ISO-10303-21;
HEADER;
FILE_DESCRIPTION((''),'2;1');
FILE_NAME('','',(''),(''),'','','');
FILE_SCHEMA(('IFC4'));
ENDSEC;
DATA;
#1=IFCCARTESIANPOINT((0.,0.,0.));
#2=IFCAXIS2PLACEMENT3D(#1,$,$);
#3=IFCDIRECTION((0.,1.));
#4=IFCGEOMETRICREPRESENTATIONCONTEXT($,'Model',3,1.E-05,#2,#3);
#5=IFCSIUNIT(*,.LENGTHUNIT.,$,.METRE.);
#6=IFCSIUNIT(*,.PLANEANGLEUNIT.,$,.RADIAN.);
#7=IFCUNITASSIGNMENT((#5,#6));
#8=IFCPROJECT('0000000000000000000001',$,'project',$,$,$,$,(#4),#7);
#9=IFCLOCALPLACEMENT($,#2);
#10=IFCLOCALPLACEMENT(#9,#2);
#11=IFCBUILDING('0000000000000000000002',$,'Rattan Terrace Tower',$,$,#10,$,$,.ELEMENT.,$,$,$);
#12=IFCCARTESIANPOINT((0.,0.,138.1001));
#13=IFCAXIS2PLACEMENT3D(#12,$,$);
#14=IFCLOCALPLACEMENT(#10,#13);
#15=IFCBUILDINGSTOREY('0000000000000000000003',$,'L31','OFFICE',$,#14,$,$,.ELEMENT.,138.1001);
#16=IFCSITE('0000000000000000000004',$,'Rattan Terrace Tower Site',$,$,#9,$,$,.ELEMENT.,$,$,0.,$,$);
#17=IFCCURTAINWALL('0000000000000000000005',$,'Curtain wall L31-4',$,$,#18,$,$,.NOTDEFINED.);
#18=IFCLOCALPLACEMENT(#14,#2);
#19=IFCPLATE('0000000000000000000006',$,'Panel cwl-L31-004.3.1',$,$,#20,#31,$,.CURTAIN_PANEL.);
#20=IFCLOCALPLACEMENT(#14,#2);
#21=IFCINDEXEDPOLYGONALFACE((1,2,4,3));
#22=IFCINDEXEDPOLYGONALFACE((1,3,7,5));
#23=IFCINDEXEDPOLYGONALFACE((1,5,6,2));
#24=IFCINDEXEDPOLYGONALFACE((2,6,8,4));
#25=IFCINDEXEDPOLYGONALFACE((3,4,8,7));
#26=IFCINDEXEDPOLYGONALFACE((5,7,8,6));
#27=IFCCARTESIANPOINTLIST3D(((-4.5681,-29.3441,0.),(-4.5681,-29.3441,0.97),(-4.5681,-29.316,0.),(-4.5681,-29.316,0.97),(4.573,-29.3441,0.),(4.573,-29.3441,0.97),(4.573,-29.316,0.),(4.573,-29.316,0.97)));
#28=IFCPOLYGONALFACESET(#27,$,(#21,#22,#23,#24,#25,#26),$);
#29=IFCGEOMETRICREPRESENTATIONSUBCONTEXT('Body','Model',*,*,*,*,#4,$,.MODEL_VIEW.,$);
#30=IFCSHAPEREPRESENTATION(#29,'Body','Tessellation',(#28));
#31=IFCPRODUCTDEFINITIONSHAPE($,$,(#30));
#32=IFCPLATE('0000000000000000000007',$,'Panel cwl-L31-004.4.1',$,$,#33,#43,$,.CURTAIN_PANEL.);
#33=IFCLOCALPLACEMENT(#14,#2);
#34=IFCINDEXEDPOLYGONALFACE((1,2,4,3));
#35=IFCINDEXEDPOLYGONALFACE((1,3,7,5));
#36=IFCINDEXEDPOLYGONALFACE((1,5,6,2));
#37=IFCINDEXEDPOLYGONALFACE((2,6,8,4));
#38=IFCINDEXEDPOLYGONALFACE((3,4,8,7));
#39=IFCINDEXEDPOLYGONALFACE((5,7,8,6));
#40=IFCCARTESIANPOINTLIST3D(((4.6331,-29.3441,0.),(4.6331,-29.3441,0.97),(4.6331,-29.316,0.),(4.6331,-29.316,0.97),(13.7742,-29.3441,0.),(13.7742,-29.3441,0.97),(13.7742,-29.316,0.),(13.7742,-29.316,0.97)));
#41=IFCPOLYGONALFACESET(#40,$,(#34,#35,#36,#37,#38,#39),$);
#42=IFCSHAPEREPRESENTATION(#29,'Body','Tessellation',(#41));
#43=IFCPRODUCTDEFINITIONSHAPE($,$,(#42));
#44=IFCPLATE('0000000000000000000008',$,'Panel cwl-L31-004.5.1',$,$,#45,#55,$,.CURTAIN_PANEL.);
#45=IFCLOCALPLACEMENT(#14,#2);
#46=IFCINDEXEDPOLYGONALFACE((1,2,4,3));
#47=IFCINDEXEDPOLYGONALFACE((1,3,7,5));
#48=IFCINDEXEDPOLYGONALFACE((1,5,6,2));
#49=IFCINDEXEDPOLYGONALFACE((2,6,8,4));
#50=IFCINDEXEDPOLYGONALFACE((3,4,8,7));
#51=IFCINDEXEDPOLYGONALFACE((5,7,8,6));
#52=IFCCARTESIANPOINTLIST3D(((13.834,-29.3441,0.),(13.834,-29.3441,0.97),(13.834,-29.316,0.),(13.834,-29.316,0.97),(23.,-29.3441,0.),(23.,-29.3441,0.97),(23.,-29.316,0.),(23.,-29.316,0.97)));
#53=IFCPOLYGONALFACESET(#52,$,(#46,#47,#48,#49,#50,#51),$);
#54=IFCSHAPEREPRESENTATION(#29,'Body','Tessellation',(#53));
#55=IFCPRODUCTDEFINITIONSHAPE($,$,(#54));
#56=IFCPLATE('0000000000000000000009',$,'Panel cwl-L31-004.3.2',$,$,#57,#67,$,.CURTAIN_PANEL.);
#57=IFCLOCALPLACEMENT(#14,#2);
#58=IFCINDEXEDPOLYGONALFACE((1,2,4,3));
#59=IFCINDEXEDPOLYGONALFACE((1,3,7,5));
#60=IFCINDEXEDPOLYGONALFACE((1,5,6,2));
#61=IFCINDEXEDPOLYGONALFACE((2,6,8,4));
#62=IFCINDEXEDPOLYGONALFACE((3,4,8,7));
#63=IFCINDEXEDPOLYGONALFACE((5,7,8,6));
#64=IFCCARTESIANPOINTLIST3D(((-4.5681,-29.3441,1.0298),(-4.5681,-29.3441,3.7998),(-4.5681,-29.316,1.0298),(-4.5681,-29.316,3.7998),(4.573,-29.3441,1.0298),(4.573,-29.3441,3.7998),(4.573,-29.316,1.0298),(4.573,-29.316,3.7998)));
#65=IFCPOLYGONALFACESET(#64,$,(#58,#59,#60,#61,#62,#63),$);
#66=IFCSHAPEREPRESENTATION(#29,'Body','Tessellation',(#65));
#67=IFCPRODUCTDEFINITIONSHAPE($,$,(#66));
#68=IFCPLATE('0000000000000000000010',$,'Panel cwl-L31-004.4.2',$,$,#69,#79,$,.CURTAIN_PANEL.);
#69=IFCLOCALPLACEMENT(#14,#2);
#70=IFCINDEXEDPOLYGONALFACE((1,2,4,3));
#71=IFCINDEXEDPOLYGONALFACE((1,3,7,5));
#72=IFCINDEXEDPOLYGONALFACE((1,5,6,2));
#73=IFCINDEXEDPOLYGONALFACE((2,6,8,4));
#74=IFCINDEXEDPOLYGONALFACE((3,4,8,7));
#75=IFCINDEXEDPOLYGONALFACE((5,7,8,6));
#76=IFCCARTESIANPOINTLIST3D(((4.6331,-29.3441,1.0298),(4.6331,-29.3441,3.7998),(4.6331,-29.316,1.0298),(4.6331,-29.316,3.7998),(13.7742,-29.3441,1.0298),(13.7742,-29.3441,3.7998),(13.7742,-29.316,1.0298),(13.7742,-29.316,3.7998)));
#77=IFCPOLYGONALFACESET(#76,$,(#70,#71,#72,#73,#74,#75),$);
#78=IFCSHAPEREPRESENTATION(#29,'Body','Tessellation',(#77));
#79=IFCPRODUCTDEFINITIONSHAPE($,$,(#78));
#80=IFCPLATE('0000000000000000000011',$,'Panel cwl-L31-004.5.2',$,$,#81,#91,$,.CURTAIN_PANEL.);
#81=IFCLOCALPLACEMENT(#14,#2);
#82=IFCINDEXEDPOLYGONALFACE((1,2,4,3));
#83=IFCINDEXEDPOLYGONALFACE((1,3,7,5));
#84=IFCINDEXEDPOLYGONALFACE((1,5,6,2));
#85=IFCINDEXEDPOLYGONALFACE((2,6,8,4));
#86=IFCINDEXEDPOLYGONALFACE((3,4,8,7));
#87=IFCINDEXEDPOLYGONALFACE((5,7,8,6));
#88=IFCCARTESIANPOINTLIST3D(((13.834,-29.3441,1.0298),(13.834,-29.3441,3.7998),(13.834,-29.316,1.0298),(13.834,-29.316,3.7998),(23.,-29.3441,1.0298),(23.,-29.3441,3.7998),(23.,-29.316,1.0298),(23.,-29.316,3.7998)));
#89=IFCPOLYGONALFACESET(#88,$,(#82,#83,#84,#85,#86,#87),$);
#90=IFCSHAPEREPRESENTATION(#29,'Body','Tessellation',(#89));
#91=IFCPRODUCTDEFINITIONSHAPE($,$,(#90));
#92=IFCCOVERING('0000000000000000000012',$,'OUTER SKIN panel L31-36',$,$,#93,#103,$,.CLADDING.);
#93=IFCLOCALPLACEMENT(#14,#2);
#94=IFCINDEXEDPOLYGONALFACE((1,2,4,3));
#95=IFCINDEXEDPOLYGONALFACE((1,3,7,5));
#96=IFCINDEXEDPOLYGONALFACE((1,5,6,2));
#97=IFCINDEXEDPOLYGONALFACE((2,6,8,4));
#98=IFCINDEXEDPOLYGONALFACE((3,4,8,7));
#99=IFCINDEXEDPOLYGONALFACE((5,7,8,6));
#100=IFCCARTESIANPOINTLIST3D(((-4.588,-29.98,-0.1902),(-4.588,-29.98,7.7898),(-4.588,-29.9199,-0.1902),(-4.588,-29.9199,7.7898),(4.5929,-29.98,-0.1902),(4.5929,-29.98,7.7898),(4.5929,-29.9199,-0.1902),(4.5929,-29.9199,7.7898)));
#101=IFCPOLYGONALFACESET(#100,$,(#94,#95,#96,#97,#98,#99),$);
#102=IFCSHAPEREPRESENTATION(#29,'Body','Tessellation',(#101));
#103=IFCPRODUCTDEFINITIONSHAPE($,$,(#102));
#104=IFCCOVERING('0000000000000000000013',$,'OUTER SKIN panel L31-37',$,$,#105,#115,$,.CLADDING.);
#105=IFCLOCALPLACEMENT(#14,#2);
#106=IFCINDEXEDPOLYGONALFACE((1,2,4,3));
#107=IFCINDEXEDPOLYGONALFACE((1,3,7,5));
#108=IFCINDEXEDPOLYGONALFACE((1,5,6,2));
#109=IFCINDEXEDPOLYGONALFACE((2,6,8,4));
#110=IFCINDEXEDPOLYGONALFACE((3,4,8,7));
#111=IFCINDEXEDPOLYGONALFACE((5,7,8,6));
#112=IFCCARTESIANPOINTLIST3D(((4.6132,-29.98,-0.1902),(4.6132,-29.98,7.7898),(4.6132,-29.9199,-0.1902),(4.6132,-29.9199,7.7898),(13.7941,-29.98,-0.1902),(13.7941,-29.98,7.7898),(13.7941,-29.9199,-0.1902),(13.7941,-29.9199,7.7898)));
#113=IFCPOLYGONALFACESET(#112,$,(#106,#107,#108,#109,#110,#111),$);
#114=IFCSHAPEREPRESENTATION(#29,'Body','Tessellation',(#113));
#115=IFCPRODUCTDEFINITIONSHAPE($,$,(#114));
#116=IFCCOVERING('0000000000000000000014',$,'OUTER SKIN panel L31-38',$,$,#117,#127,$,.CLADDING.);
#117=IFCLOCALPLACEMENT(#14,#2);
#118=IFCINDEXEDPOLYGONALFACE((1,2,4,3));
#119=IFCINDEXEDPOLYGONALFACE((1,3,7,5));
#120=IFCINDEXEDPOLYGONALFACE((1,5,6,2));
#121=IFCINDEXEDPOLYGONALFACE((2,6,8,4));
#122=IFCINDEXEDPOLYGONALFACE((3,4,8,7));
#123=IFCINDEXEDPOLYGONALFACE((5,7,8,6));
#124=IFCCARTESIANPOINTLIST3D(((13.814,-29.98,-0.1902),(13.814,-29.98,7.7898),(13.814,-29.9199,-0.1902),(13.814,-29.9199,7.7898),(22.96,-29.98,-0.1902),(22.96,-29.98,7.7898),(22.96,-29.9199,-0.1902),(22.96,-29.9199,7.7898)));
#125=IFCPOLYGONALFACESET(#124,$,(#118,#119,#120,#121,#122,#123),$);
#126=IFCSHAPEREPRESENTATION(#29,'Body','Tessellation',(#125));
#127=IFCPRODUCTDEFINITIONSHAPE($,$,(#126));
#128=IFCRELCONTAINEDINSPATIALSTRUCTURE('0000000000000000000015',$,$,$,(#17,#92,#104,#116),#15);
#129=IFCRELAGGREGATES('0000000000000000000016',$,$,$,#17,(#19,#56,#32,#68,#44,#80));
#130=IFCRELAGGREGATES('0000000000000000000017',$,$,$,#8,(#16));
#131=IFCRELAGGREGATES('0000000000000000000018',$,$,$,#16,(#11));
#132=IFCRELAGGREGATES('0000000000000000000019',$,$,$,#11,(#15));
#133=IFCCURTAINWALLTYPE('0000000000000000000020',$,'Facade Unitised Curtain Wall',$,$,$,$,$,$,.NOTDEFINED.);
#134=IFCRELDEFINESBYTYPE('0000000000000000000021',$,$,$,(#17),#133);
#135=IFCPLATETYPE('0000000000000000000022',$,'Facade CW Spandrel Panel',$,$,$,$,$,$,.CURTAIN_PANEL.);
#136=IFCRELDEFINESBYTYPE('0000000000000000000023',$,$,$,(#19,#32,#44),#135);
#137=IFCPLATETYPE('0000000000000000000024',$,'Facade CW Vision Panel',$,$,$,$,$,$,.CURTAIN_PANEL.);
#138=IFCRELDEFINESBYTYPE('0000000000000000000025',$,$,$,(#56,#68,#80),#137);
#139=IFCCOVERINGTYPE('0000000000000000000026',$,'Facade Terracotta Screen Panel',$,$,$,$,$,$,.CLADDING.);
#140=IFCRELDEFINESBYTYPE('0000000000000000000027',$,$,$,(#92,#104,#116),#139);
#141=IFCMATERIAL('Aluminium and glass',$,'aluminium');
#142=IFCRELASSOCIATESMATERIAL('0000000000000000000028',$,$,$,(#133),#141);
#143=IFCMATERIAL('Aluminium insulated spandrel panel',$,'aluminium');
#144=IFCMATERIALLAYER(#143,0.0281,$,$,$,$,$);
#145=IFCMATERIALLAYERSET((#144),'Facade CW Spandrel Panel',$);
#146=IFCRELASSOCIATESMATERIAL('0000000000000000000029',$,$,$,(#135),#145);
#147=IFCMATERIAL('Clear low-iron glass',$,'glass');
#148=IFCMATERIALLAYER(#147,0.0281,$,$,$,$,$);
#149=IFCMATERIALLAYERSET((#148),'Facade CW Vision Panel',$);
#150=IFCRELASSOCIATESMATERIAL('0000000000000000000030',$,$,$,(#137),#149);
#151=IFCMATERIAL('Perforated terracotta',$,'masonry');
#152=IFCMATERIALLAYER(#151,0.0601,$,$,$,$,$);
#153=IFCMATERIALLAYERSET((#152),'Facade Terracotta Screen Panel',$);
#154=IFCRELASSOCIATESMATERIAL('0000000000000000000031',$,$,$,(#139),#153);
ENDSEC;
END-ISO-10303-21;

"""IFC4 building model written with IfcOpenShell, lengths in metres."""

from ifc_helpers import new_model, si_unit, direction, frame, origin, origin_2d, place, context, subcontext, project, spatial, rectangle, extrude, material, layer, layer_set, type_object, element, aggregate, save


model = new_model("IFC4")

# Units and contexts
model_context = context("Model", 3, precision=1e-05, world=origin(), true_north=direction((0.0, 1.0)))
body_context = subcontext(model_context, "Body", "Model", "MODEL_VIEW")
ifc_project = project(units=[si_unit("LENGTHUNIT", "METRE"), si_unit("PLANEANGLEUNIT", "RADIAN")], contexts=[model_context])

# Site, building, storey
site_placement = place(None, origin())
site = spatial("IfcSite", under=ifc_project, at=site_placement, Name="Rattan Terrace Tower Site", CompositionType="ELEMENT", RefElevation=0.0)
building_placement = place(site_placement, origin())
building = spatial("IfcBuilding", under=site, at=building_placement, Name="Rattan Terrace Tower", CompositionType="ELEMENT")
storey_placement = place(building_placement, frame((0.0, 0.0, 138.1001)))
storey = spatial("IfcBuildingStorey", under=building, at=storey_placement, Name="L31", Description="OFFICE", CompositionType="ELEMENT", Elevation=138.1001)

# Curtain wall
ifc_material_1 = material(Name="Aluminium and glass", Category="aluminium")
curtain_wall_type = type_object("IfcCurtainWallType", Name="Facade Unitised Curtain Wall", PredefinedType="NOTDEFINED", material=ifc_material_1)
curtain_wall_placement = place(storey_placement, origin())
curtain_wall = element("IfcCurtainWall", 1, at=curtain_wall_placement, inside=storey, type_object=curtain_wall_type, Name="Curtain wall L31-4", PredefinedType="NOTDEFINED")

# Plates
ifc_material_2 = material(Name="Aluminium insulated spandrel panel", Category="aluminium")
ifc_layer_1 = layer(ifc_material_2, 0.0281)
ifc_layer_set_1 = layer_set([ifc_layer_1], Name="Facade CW Spandrel Panel")
plate_type_1 = type_object("IfcPlateType", Name="Facade CW Spandrel Panel", PredefinedType="CURTAIN_PANEL", material=ifc_layer_set_1)
plate_1_placement = place(storey_placement, frame((0.0024, -29.3301, 0.0), z_axis=(0.0, 0.0, 1.0), x_axis=(1.0, 0.0, 0.0)))
plate_1 = element("IfcPlate", 2, at=plate_1_placement, type_object=plate_type_1, Name="Panel cwl-L31-004.3.1", PredefinedType="CURTAIN_PANEL", context=body_context, shape_type="SweptSolid", body=[
    extrude(rectangle(XDim=9.1411, YDim=0.0281, at=origin_2d()), origin(), (0.0, 0.0, 1.0), 0.97),
])
plate_2_placement = place(storey_placement, frame((9.2036, -29.3301, 0.0), z_axis=(0.0, 0.0, 1.0), x_axis=(1.0, 0.0, 0.0)))
plate_2 = element("IfcPlate", 3, at=plate_2_placement, type_object=plate_type_1, Name="Panel cwl-L31-004.4.1", PredefinedType="CURTAIN_PANEL", context=body_context, shape_type="SweptSolid", body=[
    extrude(rectangle(XDim=9.1411, YDim=0.0281, at=origin_2d()), origin(), (0.0, 0.0, 1.0), 0.97),
])
plate_3_placement = place(storey_placement, frame((18.417, -29.3301, 0.0), z_axis=(0.0, 0.0, 1.0), x_axis=(1.0, 0.0, 0.0)))
plate_3 = element("IfcPlate", 4, at=plate_3_placement, type_object=plate_type_1, Name="Panel cwl-L31-004.5.1", PredefinedType="CURTAIN_PANEL", context=body_context, shape_type="SweptSolid", body=[
    extrude(rectangle(XDim=9.166, YDim=0.0281, at=origin_2d()), origin(), (0.0, 0.0, 1.0), 0.97),
])
ifc_material_3 = material(Name="Clear low-iron glass", Category="glass")
ifc_layer_2 = layer(ifc_material_3, 0.0281)
ifc_layer_set_2 = layer_set([ifc_layer_2], Name="Facade CW Vision Panel")
plate_type_2 = type_object("IfcPlateType", Name="Facade CW Vision Panel", PredefinedType="CURTAIN_PANEL", material=ifc_layer_set_2)
plate_4_placement = place(storey_placement, frame((0.0024, -29.3301, 1.0298), z_axis=(0.0, 0.0, 1.0), x_axis=(1.0, 0.0, 0.0)))
plate_4 = element("IfcPlate", 5, at=plate_4_placement, type_object=plate_type_2, Name="Panel cwl-L31-004.3.2", PredefinedType="CURTAIN_PANEL", context=body_context, shape_type="SweptSolid", body=[
    extrude(rectangle(XDim=9.1411, YDim=0.0281, at=origin_2d()), origin(), (0.0, 0.0, 1.0), 2.77),
])
plate_5_placement = place(storey_placement, frame((9.2036, -29.3301, 1.0298), z_axis=(0.0, 0.0, 1.0), x_axis=(1.0, 0.0, 0.0)))
plate_5 = element("IfcPlate", 6, at=plate_5_placement, type_object=plate_type_2, Name="Panel cwl-L31-004.4.2", PredefinedType="CURTAIN_PANEL", context=body_context, shape_type="SweptSolid", body=[
    extrude(rectangle(XDim=9.1411, YDim=0.0281, at=origin_2d()), origin(), (0.0, 0.0, 1.0), 2.77),
])
plate_6_placement = place(storey_placement, frame((18.417, -29.3301, 1.0298), z_axis=(0.0, 0.0, 1.0), x_axis=(1.0, 0.0, 0.0)))
plate_6 = element("IfcPlate", 7, at=plate_6_placement, type_object=plate_type_2, Name="Panel cwl-L31-004.5.2", PredefinedType="CURTAIN_PANEL", context=body_context, shape_type="SweptSolid", body=[
    extrude(rectangle(XDim=9.166, YDim=0.0281, at=origin_2d()), origin(), (0.0, 0.0, 1.0), 2.77),
])
aggregate(curtain_wall, [plate_1, plate_4, plate_2, plate_5, plate_3, plate_6])

# Coverings
ifc_material_4 = material(Name="Perforated terracotta", Category="masonry")
ifc_layer_3 = layer(ifc_material_4, 0.0601)
ifc_layer_set_3 = layer_set([ifc_layer_3], Name="Facade Terracotta Screen Panel")
covering_type = type_object("IfcCoveringType", Name="Facade Terracotta Screen Panel", PredefinedType="CLADDING", material=ifc_layer_set_3)
for number, where, z_axis, x_axis, name in (
    (8, (0.0024, -29.95, -0.1902), (0.0, 0.0, 1.0), (1.0, 0.0, 0.0), "OUTER SKIN panel L31-36"),
    (9, (9.2036, -29.95, -0.1902), (0.0, 0.0, 1.0), (1.0, 0.0, 0.0), "OUTER SKIN panel L31-37"),
):
    element("IfcCovering", number, at=place(storey_placement, frame(where, z_axis=z_axis, x_axis=x_axis)), inside=storey, type_object=covering_type, Name=name, PredefinedType="CLADDING", context=body_context, shape_type="SweptSolid", body=[
        extrude(rectangle(XDim=9.1809, YDim=0.0601, at=origin_2d()), origin(), (0.0, 0.0, 1.0), 7.98),
    ])
covering_placement = place(storey_placement, frame((18.387, -29.95, -0.1902), z_axis=(0.0, 0.0, 1.0), x_axis=(1.0, 0.0, 0.0)))
element("IfcCovering", 10, at=covering_placement, inside=storey, type_object=covering_type, Name="OUTER SKIN panel L31-38", PredefinedType="CLADDING", context=body_context, shape_type="SweptSolid", body=[
    extrude(rectangle(XDim=9.146, YDim=0.0601, at=origin_2d()), origin(), (0.0, 0.0, 1.0), 7.98),
])

save(model, "model.ifc")
